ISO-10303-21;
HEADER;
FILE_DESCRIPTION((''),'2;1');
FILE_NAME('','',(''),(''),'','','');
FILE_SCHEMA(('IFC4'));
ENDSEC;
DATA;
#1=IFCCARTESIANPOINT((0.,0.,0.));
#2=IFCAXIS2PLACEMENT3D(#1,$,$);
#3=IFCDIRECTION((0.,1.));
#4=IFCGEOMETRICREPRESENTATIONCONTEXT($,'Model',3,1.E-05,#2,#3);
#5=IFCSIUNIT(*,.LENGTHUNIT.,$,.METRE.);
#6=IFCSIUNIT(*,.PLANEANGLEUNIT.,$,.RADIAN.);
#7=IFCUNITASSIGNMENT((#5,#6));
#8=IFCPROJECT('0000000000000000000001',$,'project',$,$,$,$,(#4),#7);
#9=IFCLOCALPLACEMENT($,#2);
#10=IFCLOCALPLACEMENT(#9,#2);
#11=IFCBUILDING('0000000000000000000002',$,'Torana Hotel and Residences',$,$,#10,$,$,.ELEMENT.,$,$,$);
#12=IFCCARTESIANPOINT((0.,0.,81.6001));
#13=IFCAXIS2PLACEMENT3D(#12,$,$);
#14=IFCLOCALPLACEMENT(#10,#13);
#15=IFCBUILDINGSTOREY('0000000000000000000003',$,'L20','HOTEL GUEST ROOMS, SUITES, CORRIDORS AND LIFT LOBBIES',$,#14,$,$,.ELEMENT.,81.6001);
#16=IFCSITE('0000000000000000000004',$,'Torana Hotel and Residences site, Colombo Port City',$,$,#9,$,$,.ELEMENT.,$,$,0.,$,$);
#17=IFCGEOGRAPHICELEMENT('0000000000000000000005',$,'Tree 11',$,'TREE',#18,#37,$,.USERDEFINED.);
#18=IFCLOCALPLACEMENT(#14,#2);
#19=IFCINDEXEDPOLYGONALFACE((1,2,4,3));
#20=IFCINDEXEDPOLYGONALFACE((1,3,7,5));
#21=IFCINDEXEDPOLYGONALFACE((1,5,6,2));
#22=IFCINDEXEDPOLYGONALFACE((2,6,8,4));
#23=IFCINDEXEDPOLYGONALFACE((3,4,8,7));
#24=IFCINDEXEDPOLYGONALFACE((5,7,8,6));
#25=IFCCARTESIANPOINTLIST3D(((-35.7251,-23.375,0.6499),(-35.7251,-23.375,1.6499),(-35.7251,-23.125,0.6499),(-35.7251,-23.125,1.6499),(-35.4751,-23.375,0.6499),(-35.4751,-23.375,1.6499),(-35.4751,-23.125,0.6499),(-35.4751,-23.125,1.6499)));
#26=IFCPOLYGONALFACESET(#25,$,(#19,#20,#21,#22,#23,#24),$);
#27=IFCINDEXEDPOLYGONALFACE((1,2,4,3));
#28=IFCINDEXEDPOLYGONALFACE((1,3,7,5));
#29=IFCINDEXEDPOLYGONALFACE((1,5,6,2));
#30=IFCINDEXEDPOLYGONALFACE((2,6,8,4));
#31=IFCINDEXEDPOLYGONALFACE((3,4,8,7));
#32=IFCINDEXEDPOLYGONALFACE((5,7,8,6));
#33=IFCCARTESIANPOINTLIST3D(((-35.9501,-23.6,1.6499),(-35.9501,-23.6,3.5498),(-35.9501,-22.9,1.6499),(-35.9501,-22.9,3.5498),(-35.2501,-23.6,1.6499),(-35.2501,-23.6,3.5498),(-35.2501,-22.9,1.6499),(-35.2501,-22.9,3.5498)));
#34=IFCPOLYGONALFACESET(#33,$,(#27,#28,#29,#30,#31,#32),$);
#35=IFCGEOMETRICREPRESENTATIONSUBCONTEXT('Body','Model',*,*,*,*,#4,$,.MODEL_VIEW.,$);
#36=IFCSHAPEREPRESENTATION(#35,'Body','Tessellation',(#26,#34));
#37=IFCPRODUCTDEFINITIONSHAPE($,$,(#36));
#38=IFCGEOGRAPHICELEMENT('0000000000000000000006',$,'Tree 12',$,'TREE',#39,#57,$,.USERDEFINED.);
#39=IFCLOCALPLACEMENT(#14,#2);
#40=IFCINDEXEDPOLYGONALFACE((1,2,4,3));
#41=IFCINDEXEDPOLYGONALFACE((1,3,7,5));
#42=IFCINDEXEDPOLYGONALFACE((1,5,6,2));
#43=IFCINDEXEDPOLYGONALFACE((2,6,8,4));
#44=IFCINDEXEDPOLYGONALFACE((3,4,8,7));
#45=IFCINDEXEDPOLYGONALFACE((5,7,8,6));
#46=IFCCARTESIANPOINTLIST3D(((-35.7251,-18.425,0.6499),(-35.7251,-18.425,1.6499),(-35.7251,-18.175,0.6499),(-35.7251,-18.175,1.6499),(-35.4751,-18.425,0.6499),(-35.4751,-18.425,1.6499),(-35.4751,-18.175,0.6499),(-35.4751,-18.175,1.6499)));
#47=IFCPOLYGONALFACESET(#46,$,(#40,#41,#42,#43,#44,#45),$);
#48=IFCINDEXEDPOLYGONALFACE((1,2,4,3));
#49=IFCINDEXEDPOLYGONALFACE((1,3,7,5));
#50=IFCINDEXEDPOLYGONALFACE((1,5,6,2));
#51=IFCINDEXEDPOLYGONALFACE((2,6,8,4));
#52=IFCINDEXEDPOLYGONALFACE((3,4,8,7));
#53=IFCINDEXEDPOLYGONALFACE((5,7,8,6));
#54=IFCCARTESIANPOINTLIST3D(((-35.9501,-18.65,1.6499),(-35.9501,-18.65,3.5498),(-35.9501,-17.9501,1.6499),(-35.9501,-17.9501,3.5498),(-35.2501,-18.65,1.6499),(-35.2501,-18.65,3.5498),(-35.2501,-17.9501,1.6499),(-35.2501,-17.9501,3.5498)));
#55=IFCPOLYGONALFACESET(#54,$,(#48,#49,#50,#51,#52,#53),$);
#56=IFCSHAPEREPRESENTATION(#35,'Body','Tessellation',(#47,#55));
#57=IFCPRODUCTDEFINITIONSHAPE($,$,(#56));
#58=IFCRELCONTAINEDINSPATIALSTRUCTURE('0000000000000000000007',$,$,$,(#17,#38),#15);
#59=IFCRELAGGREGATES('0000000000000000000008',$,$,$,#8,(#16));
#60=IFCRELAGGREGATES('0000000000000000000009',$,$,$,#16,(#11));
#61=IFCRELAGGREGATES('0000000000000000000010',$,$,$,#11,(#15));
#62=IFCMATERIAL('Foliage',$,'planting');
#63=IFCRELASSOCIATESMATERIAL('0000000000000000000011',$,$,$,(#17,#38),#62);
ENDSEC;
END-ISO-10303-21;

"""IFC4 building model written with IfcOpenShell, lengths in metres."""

from ifc_helpers import new_model, si_unit, direction, frame, origin, origin_2d, place, context, subcontext, project, spatial, rectangle, extrude, material, element, save


model = new_model("IFC4")

# Units and contexts
model_context = context("Model", 3, precision=1e-05, world=origin(), true_north=direction((0.0, 1.0)))
body_context = subcontext(model_context, "Body", "Model", "MODEL_VIEW")
ifc_project = project(units=[si_unit("LENGTHUNIT", "METRE"), si_unit("PLANEANGLEUNIT", "RADIAN")], contexts=[model_context])

# Site, building, storey
site_placement = place(None, origin())
site = spatial("IfcSite", under=ifc_project, at=site_placement, Name="Torana Hotel and Residences site, Colombo Port City", CompositionType="ELEMENT", RefElevation=0.0)
building_placement = place(site_placement, origin())
building = spatial("IfcBuilding", under=site, at=building_placement, Name="Torana Hotel and Residences", CompositionType="ELEMENT")
storey_placement = place(building_placement, frame((0.0, 0.0, 81.6001)))
storey = spatial("IfcBuildingStorey", under=building, at=storey_placement, Name="L20", Description="HOTEL GUEST ROOMS, SUITES, CORRIDORS AND LIFT LOBBIES", CompositionType="ELEMENT", Elevation=81.6001)

# Geographic elements
ifc_material_1 = material(Name="Foliage", Category="planting")
for number, where, z_axis, x_axis, name in (
    (1, (-35.6001, -23.25, 0.6499), (0.0, 0.0, 1.0), (1.0, 0.0, 0.0), "Tree 11"),
    (2, (-35.6001, -18.3, 0.6499), (0.0, 0.0, 1.0), (1.0, 0.0, 0.0), "Tree 12"),
):
    element("IfcGeographicElement", number, at=place(storey_placement, frame(where, z_axis=z_axis, x_axis=x_axis)), inside=storey, material=ifc_material_1, Name=name, ObjectType="TREE", PredefinedType="USERDEFINED", context=body_context, shape_type="SweptSolid", body=[
        extrude(rectangle(XDim=0.25, YDim=0.25, at=origin_2d()), origin(), (0.0, 0.0, 1.0), 1.0),
        extrude(rectangle(XDim=0.7, YDim=0.7, at=origin_2d()), frame((0.0, 0.0, 1.0)), (0.0, 0.0, 1.0), 1.8999),
    ])

save(model, "model.ifc")
